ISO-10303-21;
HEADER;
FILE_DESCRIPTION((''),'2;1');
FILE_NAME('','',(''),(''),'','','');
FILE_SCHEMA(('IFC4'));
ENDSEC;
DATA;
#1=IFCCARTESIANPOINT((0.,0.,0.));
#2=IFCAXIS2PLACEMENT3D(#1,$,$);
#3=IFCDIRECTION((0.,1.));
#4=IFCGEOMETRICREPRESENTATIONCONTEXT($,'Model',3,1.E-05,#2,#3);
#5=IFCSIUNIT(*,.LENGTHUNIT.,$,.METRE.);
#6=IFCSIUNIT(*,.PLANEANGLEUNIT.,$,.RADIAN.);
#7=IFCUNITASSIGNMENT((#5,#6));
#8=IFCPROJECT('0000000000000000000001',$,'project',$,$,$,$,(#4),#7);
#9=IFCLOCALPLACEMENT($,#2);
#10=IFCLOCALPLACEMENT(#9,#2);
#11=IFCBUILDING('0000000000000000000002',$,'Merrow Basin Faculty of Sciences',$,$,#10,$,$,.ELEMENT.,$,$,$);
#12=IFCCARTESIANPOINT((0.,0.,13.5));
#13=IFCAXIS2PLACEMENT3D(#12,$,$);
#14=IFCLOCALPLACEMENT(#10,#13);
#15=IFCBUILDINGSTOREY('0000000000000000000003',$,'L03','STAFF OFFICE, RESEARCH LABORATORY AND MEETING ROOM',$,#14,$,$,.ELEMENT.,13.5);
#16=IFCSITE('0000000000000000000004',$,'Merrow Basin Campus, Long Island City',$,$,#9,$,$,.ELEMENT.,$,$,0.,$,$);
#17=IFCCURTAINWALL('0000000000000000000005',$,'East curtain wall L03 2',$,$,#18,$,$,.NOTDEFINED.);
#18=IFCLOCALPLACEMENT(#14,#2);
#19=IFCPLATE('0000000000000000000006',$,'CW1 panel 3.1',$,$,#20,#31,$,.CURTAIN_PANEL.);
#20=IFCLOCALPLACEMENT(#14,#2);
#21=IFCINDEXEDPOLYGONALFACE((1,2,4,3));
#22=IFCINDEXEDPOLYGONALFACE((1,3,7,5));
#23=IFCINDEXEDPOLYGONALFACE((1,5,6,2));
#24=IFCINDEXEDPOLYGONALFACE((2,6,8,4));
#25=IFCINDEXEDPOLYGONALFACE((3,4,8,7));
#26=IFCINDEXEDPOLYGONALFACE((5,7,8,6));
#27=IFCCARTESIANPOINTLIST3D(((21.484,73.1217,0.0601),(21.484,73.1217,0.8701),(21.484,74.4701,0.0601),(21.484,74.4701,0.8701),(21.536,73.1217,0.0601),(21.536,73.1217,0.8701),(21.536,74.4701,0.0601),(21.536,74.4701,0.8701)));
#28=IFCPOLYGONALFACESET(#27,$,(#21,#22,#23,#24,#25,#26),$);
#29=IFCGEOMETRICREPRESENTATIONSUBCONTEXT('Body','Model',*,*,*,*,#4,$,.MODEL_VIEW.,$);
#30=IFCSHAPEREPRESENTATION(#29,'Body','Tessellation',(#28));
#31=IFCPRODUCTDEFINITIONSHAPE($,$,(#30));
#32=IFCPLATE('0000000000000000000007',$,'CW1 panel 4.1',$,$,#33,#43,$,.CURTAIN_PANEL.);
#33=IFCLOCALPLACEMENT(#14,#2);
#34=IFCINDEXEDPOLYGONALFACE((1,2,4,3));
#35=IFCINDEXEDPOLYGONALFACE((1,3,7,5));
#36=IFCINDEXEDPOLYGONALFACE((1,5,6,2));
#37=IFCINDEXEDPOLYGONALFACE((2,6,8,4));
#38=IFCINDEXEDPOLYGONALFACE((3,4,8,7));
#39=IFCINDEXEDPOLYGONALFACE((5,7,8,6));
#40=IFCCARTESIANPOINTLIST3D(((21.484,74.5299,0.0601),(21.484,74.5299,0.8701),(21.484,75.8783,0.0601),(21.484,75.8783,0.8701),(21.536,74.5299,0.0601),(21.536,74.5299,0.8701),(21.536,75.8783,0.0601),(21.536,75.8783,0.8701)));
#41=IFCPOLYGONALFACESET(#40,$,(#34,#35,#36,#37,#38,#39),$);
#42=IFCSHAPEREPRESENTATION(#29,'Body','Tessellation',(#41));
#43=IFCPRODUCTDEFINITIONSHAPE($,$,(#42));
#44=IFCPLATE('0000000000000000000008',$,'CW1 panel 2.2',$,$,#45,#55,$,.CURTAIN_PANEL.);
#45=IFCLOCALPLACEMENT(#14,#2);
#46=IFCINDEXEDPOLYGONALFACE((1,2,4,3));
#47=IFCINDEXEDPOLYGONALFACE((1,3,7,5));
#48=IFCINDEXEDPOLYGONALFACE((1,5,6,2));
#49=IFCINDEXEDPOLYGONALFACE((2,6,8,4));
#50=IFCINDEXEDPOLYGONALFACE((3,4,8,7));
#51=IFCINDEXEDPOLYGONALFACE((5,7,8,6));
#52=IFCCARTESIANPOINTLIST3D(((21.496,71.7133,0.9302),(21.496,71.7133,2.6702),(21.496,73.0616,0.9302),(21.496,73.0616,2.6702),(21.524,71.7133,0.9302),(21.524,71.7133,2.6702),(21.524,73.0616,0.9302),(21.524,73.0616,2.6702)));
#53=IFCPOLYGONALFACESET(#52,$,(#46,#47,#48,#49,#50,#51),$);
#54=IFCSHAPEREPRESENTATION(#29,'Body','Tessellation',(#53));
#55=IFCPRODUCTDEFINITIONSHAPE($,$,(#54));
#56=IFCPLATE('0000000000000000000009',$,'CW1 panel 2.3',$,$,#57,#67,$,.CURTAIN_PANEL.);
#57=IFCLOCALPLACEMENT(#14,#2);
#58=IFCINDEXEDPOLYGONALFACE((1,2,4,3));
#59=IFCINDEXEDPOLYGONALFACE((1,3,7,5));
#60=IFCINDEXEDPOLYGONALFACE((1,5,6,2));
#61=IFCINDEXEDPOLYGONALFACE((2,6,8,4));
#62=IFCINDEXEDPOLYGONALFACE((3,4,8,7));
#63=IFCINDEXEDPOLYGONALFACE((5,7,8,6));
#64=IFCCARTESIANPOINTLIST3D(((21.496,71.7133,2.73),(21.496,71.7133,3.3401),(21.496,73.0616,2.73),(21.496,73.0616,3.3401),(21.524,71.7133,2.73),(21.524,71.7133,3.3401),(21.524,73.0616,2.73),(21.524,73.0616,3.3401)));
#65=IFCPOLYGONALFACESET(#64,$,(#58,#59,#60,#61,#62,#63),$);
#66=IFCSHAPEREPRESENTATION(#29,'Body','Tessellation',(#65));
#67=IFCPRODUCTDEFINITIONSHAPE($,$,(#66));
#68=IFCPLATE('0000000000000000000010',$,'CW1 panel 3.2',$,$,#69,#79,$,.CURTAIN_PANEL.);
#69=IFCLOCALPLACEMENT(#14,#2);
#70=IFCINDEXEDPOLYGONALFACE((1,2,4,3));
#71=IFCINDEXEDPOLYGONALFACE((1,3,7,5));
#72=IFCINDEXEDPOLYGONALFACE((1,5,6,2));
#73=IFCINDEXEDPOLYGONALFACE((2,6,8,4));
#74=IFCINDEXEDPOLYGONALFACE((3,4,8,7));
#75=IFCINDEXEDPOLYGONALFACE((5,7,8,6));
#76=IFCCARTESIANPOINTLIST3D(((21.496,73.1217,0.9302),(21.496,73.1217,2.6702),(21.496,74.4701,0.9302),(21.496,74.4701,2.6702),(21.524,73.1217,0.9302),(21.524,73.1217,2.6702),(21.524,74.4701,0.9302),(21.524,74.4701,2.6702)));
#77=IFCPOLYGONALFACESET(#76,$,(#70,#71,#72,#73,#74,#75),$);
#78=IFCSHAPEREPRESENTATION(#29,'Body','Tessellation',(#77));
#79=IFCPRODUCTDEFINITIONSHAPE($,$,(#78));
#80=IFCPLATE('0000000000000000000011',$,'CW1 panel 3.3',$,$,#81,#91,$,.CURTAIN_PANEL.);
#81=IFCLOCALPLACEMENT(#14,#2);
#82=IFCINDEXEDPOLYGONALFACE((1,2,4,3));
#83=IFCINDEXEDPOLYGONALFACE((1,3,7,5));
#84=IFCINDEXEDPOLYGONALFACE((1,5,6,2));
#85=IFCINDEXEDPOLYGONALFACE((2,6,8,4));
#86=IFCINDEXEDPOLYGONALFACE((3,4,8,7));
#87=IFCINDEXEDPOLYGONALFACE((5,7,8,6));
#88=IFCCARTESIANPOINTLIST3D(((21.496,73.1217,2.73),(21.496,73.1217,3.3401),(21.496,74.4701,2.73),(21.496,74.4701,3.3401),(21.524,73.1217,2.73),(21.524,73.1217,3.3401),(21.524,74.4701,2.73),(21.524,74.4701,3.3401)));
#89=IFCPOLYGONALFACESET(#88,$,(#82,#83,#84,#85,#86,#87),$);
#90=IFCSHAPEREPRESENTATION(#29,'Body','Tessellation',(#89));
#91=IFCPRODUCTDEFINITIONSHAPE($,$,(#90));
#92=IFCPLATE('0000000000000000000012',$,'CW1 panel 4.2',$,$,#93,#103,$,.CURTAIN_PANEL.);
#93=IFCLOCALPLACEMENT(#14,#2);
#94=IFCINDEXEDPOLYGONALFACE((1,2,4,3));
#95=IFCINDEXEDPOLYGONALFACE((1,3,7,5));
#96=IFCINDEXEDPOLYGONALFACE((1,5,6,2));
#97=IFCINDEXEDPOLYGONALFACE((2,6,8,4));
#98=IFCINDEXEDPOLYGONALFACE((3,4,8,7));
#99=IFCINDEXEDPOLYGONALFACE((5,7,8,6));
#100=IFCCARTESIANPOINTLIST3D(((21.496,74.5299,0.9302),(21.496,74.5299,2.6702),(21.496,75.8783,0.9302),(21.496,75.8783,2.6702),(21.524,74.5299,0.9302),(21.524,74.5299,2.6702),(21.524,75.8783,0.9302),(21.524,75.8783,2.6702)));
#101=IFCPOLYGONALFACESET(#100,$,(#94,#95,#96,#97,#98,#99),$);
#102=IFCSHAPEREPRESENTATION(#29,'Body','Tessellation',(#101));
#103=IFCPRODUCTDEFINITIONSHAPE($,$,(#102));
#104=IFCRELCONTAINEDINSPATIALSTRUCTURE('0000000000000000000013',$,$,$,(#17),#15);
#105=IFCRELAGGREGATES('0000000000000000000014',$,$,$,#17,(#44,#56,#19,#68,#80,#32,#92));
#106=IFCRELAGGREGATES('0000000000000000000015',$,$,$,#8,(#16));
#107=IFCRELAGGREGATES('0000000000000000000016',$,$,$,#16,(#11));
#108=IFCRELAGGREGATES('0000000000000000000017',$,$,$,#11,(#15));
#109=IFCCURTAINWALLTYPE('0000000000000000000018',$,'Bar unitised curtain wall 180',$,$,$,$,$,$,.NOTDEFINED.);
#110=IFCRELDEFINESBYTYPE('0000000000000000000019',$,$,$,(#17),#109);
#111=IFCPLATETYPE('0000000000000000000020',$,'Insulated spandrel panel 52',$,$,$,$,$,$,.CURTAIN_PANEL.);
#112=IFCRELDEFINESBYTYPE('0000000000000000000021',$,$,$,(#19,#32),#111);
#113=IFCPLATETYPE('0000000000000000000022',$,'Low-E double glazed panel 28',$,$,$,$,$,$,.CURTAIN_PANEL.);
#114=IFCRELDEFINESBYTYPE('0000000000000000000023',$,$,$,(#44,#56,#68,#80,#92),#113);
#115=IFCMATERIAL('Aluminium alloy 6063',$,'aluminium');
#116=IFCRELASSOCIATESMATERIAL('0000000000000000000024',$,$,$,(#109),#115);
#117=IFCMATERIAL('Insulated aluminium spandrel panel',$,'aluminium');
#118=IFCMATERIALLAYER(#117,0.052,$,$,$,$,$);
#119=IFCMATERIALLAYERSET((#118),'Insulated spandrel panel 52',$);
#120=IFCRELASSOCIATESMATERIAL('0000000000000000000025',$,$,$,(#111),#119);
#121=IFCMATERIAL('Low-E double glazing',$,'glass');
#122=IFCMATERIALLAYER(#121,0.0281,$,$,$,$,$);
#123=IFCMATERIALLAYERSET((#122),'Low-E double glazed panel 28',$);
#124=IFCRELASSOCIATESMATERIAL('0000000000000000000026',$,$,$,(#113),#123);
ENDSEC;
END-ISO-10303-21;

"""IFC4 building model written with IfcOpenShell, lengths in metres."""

from ifc_helpers import new_model, si_unit, direction, frame, origin, origin_2d, place, context, subcontext, project, spatial, rectangle, extrude, material, layer, layer_set, type_object, element, aggregate, save


model = new_model("IFC4")

# Units and contexts
model_context = context("Model", 3, precision=1e-05, world=origin(), true_north=direction((0.0, 1.0)))
body_context = subcontext(model_context, "Body", "Model", "MODEL_VIEW")
ifc_project = project(units=[si_unit("LENGTHUNIT", "METRE"), si_unit("PLANEANGLEUNIT", "RADIAN")], contexts=[model_context])

# Site, building, storey
site_placement = place(None, origin())
site = spatial("IfcSite", under=ifc_project, at=site_placement, Name="Merrow Basin Campus, Long Island City", CompositionType="ELEMENT", RefElevation=0.0)
building_placement = place(site_placement, origin())
building = spatial("IfcBuilding", under=site, at=building_placement, Name="Merrow Basin Faculty of Sciences", CompositionType="ELEMENT")
storey_placement = place(building_placement, frame((0.0, 0.0, 13.5)))
storey = spatial("IfcBuildingStorey", under=building, at=storey_placement, Name="L03", Description="STAFF OFFICE, RESEARCH LABORATORY AND MEETING ROOM", CompositionType="ELEMENT", Elevation=13.5)

# Curtain wall, plates
ifc_material_1 = material(Name="Aluminium alloy 6063", Category="aluminium")
curtain_wall_type = type_object("IfcCurtainWallType", Name="Bar unitised curtain wall 180", PredefinedType="NOTDEFINED", material=ifc_material_1)
curtain_wall_placement = place(storey_placement, origin())
curtain_wall = element("IfcCurtainWall", 1, at=curtain_wall_placement, inside=storey, type_object=curtain_wall_type, Name="East curtain wall L03 2", PredefinedType="NOTDEFINED")
ifc_material_2 = material(Name="Insulated aluminium spandrel panel", Category="aluminium")
ifc_layer_1 = layer(ifc_material_2, 0.052)
ifc_layer_set_1 = layer_set([ifc_layer_1], Name="Insulated spandrel panel 52")
plate_type_1 = type_object("IfcPlateType", Name="Insulated spandrel panel 52", PredefinedType="CURTAIN_PANEL", material=ifc_layer_set_1)
plate_1_placement = place(storey_placement, frame((21.51, 73.7959, 0.0601), z_axis=(0.0, 0.0, 1.0), x_axis=(0.0, 1.0, 0.0)))
plate_1 = element("IfcPlate", 2, at=plate_1_placement, type_object=plate_type_1, Name="CW1 panel 3.1", PredefinedType="CURTAIN_PANEL", context=body_context, shape_type="SweptSolid", body=[
    extrude(rectangle(XDim=1.3484, YDim=0.052, at=origin_2d()), origin(), (0.0, 0.0, 1.0), 0.8101),
])
plate_2_placement = place(storey_placement, frame((21.51, 75.2041, 0.0601), z_axis=(0.0, 0.0, 1.0), x_axis=(0.0, 1.0, 0.0)))
plate_2 = element("IfcPlate", 3, at=plate_2_placement, type_object=plate_type_1, Name="CW1 panel 4.1", PredefinedType="CURTAIN_PANEL", context=body_context, shape_type="SweptSolid", body=[
    extrude(rectangle(XDim=1.3484, YDim=0.052, at=origin_2d()), origin(), (0.0, 0.0, 1.0), 0.8101),
])
ifc_material_3 = material(Name="Low-E double glazing", Category="glass")
ifc_layer_2 = layer(ifc_material_3, 0.0281)
ifc_layer_set_2 = layer_set([ifc_layer_2], Name="Low-E double glazed panel 28")
plate_type_2 = type_object("IfcPlateType", Name="Low-E double glazed panel 28", PredefinedType="CURTAIN_PANEL", material=ifc_layer_set_2)
plate_3_placement = place(storey_placement, frame((21.51, 72.3875, 0.9302), z_axis=(0.0, 0.0, 1.0), x_axis=(0.0, 1.0, 0.0)))
plate_3 = element("IfcPlate", 4, at=plate_3_placement, type_object=plate_type_2, Name="CW1 panel 2.2", PredefinedType="CURTAIN_PANEL", context=body_context, shape_type="SweptSolid", body=[
    extrude(rectangle(XDim=1.3484, YDim=0.0281, at=origin_2d()), origin(), (0.0, 0.0, 1.0), 1.74),
])
plate_4_placement = place(storey_placement, frame((21.51, 72.3875, 2.73), z_axis=(0.0, 0.0, 1.0), x_axis=(0.0, 1.0, 0.0)))
plate_4 = element("IfcPlate", 5, at=plate_4_placement, type_object=plate_type_2, Name="CW1 panel 2.3", PredefinedType="CURTAIN_PANEL", context=body_context, shape_type="SweptSolid", body=[
    extrude(rectangle(XDim=1.3484, YDim=0.0281, at=origin_2d()), origin(), (0.0, 0.0, 1.0), 0.6101),
])
plate_5_placement = place(storey_placement, frame((21.51, 73.7959, 0.9302), z_axis=(0.0, 0.0, 1.0), x_axis=(0.0, 1.0, 0.0)))
plate_5 = element("IfcPlate", 6, at=plate_5_placement, type_object=plate_type_2, Name="CW1 panel 3.2", PredefinedType="CURTAIN_PANEL", context=body_context, shape_type="SweptSolid", body=[
    extrude(rectangle(XDim=1.3484, YDim=0.0281, at=origin_2d()), origin(), (0.0, 0.0, 1.0), 1.74),
])
plate_6_placement = place(storey_placement, frame((21.51, 73.7959, 2.73), z_axis=(0.0, 0.0, 1.0), x_axis=(0.0, 1.0, 0.0)))
plate_6 = element("IfcPlate", 7, at=plate_6_placement, type_object=plate_type_2, Name="CW1 panel 3.3", PredefinedType="CURTAIN_PANEL", context=body_context, shape_type="SweptSolid", body=[
    extrude(rectangle(XDim=1.3484, YDim=0.0281, at=origin_2d()), origin(), (0.0, 0.0, 1.0), 0.6101),
])
plate_7_placement = place(storey_placement, frame((21.51, 75.2041, 0.9302), z_axis=(0.0, 0.0, 1.0), x_axis=(0.0, 1.0, 0.0)))
plate_7 = element("IfcPlate", 8, at=plate_7_placement, type_object=plate_type_2, Name="CW1 panel 4.2", PredefinedType="CURTAIN_PANEL", context=body_context, shape_type="SweptSolid", body=[
    extrude(rectangle(XDim=1.3484, YDim=0.0281, at=origin_2d()), origin(), (0.0, 0.0, 1.0), 1.74),
])
aggregate(curtain_wall, [plate_3, plate_4, plate_1, plate_5, plate_6, plate_2, plate_7])

save(model, "model.ifc")
